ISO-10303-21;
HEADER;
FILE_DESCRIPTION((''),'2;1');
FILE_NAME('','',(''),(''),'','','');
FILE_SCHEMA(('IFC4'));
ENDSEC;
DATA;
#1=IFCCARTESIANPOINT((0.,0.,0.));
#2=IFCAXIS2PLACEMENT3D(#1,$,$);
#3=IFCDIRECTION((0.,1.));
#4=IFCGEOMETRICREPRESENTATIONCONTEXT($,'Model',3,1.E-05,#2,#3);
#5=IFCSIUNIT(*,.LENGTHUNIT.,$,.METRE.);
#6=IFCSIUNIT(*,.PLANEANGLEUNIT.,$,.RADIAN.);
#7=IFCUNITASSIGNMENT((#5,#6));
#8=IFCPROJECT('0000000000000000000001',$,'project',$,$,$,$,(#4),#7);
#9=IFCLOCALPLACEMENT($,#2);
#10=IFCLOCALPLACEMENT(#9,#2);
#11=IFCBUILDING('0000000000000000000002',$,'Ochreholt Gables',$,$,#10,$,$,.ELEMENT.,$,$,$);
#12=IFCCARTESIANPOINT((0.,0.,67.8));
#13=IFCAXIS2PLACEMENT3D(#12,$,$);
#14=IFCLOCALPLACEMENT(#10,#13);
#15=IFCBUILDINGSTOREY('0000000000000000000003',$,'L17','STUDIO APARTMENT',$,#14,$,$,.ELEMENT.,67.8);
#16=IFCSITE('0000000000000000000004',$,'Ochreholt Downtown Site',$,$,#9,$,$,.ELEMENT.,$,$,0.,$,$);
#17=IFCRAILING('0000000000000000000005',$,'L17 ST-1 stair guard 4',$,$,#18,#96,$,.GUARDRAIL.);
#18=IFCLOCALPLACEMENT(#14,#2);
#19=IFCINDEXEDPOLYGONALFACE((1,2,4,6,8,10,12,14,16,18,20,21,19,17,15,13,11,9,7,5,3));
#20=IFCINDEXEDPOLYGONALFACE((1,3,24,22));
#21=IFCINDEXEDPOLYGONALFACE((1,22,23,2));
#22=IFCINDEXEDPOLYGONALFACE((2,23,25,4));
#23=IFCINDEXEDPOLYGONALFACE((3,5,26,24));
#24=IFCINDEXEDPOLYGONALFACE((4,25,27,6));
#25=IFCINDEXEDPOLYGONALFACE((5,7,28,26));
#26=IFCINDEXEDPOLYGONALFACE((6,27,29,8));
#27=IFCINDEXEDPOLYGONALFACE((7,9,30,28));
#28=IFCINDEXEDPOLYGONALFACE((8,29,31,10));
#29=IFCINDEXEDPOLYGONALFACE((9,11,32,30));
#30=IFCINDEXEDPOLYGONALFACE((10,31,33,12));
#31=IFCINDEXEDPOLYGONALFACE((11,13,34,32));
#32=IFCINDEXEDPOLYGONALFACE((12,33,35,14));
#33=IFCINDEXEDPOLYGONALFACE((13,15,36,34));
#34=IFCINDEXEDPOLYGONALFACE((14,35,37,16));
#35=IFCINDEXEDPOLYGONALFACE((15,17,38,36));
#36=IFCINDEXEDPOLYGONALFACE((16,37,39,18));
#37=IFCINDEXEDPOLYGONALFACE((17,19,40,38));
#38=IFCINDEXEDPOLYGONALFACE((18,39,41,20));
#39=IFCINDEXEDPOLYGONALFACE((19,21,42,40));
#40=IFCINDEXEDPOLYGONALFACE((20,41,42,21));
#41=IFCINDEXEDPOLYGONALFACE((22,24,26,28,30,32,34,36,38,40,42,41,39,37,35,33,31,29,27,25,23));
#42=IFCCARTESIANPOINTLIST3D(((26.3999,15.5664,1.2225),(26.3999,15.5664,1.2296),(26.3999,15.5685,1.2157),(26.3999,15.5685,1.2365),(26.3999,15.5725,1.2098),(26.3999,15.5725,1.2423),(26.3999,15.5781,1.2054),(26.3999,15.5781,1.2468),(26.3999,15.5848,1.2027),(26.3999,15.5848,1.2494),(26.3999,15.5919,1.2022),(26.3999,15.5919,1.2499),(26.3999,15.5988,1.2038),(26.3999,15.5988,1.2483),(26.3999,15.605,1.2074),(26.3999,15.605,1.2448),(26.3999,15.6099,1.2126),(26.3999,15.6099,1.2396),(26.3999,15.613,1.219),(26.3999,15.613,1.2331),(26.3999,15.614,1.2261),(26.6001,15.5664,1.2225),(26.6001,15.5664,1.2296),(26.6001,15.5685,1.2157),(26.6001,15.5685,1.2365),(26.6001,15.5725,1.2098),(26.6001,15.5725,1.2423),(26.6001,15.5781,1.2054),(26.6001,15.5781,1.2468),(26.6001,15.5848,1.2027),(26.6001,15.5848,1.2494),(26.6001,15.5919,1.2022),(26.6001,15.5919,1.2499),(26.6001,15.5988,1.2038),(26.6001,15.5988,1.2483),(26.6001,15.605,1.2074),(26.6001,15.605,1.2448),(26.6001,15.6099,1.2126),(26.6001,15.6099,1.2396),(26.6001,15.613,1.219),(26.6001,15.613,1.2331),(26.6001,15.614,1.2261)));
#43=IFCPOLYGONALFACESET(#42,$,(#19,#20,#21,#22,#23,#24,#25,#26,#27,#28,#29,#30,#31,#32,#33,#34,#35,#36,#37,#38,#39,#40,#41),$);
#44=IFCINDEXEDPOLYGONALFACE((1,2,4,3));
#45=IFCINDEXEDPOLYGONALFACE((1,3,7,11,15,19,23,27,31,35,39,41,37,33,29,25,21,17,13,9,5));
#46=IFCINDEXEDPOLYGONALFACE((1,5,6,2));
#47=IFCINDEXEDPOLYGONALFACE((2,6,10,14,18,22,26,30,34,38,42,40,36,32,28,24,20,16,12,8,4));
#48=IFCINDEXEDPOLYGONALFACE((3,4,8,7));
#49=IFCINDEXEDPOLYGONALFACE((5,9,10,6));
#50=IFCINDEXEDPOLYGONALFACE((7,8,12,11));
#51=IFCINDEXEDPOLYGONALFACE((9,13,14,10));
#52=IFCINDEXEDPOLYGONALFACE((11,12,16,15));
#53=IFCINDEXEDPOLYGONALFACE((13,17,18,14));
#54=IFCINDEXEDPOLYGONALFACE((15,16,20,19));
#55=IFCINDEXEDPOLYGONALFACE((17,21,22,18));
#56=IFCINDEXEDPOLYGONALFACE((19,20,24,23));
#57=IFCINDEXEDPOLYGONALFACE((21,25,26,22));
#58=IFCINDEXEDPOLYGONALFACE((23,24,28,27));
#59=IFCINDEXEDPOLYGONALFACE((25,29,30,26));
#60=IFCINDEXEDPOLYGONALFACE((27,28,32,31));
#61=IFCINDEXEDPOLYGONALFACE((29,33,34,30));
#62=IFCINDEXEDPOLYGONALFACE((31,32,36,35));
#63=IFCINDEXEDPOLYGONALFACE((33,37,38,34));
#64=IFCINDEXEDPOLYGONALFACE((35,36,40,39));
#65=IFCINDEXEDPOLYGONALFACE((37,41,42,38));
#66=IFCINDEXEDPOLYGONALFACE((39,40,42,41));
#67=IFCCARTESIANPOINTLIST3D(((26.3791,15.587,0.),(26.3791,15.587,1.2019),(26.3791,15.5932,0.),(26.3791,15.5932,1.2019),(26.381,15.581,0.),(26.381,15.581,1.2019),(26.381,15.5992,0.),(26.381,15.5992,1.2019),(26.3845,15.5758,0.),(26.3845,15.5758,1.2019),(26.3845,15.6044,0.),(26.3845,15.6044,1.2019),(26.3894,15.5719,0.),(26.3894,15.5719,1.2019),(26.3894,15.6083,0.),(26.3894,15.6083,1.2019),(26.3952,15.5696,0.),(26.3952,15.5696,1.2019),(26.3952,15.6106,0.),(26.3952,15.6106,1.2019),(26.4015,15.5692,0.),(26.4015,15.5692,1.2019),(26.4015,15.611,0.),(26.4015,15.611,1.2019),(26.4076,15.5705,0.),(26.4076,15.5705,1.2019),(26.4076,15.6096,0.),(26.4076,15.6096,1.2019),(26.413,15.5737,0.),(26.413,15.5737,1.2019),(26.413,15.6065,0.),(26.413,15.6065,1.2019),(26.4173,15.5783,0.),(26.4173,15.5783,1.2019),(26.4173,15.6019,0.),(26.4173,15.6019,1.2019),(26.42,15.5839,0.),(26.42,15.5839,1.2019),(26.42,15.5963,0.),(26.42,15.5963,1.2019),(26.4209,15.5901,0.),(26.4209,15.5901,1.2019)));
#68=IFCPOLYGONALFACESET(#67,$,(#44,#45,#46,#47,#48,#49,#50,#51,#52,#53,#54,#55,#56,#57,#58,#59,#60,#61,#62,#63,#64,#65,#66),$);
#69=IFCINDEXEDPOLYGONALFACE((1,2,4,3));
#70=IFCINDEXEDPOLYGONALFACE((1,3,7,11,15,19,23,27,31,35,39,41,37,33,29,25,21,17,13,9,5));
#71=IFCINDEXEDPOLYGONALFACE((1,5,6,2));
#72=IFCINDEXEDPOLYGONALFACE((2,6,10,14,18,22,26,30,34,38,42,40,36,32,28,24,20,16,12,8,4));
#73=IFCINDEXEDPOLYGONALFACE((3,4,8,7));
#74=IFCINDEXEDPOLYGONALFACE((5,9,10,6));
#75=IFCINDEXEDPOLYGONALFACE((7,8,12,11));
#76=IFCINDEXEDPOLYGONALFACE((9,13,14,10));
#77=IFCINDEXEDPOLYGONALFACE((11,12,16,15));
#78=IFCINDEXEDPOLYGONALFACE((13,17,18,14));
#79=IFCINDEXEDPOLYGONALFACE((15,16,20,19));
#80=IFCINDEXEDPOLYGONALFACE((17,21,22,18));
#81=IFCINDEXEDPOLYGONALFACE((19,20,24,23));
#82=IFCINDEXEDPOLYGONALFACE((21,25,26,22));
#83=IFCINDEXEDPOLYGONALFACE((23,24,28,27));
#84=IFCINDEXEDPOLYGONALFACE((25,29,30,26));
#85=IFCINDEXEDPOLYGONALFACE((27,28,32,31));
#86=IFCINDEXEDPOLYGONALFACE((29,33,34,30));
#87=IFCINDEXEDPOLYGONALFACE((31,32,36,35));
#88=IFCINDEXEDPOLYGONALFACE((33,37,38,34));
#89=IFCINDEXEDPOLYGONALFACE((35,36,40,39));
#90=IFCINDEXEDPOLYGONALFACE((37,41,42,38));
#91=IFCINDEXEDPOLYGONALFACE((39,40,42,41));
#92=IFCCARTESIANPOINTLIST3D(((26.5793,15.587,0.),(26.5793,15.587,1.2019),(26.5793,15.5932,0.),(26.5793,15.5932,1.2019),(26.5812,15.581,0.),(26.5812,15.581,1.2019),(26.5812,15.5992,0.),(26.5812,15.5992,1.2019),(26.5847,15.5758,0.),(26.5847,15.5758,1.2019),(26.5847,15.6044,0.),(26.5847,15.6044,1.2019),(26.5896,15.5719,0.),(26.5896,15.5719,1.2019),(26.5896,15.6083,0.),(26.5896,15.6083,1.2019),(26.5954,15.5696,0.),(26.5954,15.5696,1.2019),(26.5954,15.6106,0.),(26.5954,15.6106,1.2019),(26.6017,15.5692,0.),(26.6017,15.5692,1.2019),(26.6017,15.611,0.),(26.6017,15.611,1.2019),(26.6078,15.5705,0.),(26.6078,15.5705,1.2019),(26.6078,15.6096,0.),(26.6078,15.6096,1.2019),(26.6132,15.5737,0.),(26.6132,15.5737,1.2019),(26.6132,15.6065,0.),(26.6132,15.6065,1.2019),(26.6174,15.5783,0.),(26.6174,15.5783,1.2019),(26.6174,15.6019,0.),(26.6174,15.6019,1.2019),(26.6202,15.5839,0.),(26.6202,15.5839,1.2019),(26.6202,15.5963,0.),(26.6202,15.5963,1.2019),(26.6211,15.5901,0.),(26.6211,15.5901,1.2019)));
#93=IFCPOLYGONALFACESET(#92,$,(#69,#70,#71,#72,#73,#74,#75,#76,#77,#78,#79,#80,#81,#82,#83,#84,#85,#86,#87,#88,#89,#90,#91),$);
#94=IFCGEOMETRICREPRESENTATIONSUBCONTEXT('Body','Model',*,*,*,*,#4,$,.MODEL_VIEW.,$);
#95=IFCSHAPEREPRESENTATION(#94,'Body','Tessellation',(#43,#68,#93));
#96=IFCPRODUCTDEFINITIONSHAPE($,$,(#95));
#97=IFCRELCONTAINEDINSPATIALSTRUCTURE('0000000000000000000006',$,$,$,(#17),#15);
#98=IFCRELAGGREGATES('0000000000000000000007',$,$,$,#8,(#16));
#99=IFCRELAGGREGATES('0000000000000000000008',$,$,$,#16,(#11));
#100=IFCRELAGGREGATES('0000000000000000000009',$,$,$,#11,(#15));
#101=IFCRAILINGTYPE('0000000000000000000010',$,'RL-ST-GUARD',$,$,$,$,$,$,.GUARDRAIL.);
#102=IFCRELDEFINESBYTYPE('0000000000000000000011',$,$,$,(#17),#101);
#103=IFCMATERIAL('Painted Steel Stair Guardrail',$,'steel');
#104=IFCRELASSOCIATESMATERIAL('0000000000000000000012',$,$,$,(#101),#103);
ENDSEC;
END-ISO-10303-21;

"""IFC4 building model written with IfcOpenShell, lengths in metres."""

from ifc_helpers import new_model, si_unit, direction, frame, origin, origin_2d, place, context, subcontext, project, spatial, circle, extrude, material, type_object, element, save


model = new_model("IFC4")

# Units and contexts
model_context = context("Model", 3, precision=1e-05, world=origin(), true_north=direction((0.0, 1.0)))
body_context = subcontext(model_context, "Body", "Model", "MODEL_VIEW")
ifc_project = project(units=[si_unit("LENGTHUNIT", "METRE"), si_unit("PLANEANGLEUNIT", "RADIAN")], contexts=[model_context])

# Site, building, storey
site_placement = place(None, origin())
site = spatial("IfcSite", under=ifc_project, at=site_placement, Name="Ochreholt Downtown Site", CompositionType="ELEMENT", RefElevation=0.0)
building_placement = place(site_placement, origin())
building = spatial("IfcBuilding", under=site, at=building_placement, Name="Ochreholt Gables", CompositionType="ELEMENT")
storey_placement = place(building_placement, frame((0.0, 0.0, 67.8)))
storey = spatial("IfcBuildingStorey", under=building, at=storey_placement, Name="L17", Description="STUDIO APARTMENT", CompositionType="ELEMENT", Elevation=67.8)

# Railing
ifc_material_1 = material(Name="Painted Steel Stair Guardrail", Category="steel")
railing_type_1 = type_object("IfcRailingType", Name="RL-ST-GUARD", PredefinedType="GUARDRAIL", material=ifc_material_1)
railing_1_placement = place(storey_placement, frame((26.3999, 15.5901, 0.0)))
element("IfcRailing", 1, at=railing_1_placement, inside=storey, type_object=railing_type_1, Name="L17 ST-1 stair guard 4", PredefinedType="GUARDRAIL", context=body_context, shape_type="SweptSolid", body=[
    extrude(circle(Radius=0.0239, at=origin_2d()), frame((0.0, 0.0, 1.2261), z_axis=(1.0, 0.0, 0.0), x_axis=(0.0, 1.0, 0.0)), (0.0, 0.0, 1.0), 0.2002),
    extrude(circle(Radius=0.021, at=origin_2d()), origin(), (0.0, 0.0, 1.0), 1.2019),
    extrude(circle(Radius=0.021, at=origin_2d()), frame((0.2002, 0.0, 0.0)), (0.0, 0.0, 1.0), 1.2019),
])

save(model, "model.ifc")
